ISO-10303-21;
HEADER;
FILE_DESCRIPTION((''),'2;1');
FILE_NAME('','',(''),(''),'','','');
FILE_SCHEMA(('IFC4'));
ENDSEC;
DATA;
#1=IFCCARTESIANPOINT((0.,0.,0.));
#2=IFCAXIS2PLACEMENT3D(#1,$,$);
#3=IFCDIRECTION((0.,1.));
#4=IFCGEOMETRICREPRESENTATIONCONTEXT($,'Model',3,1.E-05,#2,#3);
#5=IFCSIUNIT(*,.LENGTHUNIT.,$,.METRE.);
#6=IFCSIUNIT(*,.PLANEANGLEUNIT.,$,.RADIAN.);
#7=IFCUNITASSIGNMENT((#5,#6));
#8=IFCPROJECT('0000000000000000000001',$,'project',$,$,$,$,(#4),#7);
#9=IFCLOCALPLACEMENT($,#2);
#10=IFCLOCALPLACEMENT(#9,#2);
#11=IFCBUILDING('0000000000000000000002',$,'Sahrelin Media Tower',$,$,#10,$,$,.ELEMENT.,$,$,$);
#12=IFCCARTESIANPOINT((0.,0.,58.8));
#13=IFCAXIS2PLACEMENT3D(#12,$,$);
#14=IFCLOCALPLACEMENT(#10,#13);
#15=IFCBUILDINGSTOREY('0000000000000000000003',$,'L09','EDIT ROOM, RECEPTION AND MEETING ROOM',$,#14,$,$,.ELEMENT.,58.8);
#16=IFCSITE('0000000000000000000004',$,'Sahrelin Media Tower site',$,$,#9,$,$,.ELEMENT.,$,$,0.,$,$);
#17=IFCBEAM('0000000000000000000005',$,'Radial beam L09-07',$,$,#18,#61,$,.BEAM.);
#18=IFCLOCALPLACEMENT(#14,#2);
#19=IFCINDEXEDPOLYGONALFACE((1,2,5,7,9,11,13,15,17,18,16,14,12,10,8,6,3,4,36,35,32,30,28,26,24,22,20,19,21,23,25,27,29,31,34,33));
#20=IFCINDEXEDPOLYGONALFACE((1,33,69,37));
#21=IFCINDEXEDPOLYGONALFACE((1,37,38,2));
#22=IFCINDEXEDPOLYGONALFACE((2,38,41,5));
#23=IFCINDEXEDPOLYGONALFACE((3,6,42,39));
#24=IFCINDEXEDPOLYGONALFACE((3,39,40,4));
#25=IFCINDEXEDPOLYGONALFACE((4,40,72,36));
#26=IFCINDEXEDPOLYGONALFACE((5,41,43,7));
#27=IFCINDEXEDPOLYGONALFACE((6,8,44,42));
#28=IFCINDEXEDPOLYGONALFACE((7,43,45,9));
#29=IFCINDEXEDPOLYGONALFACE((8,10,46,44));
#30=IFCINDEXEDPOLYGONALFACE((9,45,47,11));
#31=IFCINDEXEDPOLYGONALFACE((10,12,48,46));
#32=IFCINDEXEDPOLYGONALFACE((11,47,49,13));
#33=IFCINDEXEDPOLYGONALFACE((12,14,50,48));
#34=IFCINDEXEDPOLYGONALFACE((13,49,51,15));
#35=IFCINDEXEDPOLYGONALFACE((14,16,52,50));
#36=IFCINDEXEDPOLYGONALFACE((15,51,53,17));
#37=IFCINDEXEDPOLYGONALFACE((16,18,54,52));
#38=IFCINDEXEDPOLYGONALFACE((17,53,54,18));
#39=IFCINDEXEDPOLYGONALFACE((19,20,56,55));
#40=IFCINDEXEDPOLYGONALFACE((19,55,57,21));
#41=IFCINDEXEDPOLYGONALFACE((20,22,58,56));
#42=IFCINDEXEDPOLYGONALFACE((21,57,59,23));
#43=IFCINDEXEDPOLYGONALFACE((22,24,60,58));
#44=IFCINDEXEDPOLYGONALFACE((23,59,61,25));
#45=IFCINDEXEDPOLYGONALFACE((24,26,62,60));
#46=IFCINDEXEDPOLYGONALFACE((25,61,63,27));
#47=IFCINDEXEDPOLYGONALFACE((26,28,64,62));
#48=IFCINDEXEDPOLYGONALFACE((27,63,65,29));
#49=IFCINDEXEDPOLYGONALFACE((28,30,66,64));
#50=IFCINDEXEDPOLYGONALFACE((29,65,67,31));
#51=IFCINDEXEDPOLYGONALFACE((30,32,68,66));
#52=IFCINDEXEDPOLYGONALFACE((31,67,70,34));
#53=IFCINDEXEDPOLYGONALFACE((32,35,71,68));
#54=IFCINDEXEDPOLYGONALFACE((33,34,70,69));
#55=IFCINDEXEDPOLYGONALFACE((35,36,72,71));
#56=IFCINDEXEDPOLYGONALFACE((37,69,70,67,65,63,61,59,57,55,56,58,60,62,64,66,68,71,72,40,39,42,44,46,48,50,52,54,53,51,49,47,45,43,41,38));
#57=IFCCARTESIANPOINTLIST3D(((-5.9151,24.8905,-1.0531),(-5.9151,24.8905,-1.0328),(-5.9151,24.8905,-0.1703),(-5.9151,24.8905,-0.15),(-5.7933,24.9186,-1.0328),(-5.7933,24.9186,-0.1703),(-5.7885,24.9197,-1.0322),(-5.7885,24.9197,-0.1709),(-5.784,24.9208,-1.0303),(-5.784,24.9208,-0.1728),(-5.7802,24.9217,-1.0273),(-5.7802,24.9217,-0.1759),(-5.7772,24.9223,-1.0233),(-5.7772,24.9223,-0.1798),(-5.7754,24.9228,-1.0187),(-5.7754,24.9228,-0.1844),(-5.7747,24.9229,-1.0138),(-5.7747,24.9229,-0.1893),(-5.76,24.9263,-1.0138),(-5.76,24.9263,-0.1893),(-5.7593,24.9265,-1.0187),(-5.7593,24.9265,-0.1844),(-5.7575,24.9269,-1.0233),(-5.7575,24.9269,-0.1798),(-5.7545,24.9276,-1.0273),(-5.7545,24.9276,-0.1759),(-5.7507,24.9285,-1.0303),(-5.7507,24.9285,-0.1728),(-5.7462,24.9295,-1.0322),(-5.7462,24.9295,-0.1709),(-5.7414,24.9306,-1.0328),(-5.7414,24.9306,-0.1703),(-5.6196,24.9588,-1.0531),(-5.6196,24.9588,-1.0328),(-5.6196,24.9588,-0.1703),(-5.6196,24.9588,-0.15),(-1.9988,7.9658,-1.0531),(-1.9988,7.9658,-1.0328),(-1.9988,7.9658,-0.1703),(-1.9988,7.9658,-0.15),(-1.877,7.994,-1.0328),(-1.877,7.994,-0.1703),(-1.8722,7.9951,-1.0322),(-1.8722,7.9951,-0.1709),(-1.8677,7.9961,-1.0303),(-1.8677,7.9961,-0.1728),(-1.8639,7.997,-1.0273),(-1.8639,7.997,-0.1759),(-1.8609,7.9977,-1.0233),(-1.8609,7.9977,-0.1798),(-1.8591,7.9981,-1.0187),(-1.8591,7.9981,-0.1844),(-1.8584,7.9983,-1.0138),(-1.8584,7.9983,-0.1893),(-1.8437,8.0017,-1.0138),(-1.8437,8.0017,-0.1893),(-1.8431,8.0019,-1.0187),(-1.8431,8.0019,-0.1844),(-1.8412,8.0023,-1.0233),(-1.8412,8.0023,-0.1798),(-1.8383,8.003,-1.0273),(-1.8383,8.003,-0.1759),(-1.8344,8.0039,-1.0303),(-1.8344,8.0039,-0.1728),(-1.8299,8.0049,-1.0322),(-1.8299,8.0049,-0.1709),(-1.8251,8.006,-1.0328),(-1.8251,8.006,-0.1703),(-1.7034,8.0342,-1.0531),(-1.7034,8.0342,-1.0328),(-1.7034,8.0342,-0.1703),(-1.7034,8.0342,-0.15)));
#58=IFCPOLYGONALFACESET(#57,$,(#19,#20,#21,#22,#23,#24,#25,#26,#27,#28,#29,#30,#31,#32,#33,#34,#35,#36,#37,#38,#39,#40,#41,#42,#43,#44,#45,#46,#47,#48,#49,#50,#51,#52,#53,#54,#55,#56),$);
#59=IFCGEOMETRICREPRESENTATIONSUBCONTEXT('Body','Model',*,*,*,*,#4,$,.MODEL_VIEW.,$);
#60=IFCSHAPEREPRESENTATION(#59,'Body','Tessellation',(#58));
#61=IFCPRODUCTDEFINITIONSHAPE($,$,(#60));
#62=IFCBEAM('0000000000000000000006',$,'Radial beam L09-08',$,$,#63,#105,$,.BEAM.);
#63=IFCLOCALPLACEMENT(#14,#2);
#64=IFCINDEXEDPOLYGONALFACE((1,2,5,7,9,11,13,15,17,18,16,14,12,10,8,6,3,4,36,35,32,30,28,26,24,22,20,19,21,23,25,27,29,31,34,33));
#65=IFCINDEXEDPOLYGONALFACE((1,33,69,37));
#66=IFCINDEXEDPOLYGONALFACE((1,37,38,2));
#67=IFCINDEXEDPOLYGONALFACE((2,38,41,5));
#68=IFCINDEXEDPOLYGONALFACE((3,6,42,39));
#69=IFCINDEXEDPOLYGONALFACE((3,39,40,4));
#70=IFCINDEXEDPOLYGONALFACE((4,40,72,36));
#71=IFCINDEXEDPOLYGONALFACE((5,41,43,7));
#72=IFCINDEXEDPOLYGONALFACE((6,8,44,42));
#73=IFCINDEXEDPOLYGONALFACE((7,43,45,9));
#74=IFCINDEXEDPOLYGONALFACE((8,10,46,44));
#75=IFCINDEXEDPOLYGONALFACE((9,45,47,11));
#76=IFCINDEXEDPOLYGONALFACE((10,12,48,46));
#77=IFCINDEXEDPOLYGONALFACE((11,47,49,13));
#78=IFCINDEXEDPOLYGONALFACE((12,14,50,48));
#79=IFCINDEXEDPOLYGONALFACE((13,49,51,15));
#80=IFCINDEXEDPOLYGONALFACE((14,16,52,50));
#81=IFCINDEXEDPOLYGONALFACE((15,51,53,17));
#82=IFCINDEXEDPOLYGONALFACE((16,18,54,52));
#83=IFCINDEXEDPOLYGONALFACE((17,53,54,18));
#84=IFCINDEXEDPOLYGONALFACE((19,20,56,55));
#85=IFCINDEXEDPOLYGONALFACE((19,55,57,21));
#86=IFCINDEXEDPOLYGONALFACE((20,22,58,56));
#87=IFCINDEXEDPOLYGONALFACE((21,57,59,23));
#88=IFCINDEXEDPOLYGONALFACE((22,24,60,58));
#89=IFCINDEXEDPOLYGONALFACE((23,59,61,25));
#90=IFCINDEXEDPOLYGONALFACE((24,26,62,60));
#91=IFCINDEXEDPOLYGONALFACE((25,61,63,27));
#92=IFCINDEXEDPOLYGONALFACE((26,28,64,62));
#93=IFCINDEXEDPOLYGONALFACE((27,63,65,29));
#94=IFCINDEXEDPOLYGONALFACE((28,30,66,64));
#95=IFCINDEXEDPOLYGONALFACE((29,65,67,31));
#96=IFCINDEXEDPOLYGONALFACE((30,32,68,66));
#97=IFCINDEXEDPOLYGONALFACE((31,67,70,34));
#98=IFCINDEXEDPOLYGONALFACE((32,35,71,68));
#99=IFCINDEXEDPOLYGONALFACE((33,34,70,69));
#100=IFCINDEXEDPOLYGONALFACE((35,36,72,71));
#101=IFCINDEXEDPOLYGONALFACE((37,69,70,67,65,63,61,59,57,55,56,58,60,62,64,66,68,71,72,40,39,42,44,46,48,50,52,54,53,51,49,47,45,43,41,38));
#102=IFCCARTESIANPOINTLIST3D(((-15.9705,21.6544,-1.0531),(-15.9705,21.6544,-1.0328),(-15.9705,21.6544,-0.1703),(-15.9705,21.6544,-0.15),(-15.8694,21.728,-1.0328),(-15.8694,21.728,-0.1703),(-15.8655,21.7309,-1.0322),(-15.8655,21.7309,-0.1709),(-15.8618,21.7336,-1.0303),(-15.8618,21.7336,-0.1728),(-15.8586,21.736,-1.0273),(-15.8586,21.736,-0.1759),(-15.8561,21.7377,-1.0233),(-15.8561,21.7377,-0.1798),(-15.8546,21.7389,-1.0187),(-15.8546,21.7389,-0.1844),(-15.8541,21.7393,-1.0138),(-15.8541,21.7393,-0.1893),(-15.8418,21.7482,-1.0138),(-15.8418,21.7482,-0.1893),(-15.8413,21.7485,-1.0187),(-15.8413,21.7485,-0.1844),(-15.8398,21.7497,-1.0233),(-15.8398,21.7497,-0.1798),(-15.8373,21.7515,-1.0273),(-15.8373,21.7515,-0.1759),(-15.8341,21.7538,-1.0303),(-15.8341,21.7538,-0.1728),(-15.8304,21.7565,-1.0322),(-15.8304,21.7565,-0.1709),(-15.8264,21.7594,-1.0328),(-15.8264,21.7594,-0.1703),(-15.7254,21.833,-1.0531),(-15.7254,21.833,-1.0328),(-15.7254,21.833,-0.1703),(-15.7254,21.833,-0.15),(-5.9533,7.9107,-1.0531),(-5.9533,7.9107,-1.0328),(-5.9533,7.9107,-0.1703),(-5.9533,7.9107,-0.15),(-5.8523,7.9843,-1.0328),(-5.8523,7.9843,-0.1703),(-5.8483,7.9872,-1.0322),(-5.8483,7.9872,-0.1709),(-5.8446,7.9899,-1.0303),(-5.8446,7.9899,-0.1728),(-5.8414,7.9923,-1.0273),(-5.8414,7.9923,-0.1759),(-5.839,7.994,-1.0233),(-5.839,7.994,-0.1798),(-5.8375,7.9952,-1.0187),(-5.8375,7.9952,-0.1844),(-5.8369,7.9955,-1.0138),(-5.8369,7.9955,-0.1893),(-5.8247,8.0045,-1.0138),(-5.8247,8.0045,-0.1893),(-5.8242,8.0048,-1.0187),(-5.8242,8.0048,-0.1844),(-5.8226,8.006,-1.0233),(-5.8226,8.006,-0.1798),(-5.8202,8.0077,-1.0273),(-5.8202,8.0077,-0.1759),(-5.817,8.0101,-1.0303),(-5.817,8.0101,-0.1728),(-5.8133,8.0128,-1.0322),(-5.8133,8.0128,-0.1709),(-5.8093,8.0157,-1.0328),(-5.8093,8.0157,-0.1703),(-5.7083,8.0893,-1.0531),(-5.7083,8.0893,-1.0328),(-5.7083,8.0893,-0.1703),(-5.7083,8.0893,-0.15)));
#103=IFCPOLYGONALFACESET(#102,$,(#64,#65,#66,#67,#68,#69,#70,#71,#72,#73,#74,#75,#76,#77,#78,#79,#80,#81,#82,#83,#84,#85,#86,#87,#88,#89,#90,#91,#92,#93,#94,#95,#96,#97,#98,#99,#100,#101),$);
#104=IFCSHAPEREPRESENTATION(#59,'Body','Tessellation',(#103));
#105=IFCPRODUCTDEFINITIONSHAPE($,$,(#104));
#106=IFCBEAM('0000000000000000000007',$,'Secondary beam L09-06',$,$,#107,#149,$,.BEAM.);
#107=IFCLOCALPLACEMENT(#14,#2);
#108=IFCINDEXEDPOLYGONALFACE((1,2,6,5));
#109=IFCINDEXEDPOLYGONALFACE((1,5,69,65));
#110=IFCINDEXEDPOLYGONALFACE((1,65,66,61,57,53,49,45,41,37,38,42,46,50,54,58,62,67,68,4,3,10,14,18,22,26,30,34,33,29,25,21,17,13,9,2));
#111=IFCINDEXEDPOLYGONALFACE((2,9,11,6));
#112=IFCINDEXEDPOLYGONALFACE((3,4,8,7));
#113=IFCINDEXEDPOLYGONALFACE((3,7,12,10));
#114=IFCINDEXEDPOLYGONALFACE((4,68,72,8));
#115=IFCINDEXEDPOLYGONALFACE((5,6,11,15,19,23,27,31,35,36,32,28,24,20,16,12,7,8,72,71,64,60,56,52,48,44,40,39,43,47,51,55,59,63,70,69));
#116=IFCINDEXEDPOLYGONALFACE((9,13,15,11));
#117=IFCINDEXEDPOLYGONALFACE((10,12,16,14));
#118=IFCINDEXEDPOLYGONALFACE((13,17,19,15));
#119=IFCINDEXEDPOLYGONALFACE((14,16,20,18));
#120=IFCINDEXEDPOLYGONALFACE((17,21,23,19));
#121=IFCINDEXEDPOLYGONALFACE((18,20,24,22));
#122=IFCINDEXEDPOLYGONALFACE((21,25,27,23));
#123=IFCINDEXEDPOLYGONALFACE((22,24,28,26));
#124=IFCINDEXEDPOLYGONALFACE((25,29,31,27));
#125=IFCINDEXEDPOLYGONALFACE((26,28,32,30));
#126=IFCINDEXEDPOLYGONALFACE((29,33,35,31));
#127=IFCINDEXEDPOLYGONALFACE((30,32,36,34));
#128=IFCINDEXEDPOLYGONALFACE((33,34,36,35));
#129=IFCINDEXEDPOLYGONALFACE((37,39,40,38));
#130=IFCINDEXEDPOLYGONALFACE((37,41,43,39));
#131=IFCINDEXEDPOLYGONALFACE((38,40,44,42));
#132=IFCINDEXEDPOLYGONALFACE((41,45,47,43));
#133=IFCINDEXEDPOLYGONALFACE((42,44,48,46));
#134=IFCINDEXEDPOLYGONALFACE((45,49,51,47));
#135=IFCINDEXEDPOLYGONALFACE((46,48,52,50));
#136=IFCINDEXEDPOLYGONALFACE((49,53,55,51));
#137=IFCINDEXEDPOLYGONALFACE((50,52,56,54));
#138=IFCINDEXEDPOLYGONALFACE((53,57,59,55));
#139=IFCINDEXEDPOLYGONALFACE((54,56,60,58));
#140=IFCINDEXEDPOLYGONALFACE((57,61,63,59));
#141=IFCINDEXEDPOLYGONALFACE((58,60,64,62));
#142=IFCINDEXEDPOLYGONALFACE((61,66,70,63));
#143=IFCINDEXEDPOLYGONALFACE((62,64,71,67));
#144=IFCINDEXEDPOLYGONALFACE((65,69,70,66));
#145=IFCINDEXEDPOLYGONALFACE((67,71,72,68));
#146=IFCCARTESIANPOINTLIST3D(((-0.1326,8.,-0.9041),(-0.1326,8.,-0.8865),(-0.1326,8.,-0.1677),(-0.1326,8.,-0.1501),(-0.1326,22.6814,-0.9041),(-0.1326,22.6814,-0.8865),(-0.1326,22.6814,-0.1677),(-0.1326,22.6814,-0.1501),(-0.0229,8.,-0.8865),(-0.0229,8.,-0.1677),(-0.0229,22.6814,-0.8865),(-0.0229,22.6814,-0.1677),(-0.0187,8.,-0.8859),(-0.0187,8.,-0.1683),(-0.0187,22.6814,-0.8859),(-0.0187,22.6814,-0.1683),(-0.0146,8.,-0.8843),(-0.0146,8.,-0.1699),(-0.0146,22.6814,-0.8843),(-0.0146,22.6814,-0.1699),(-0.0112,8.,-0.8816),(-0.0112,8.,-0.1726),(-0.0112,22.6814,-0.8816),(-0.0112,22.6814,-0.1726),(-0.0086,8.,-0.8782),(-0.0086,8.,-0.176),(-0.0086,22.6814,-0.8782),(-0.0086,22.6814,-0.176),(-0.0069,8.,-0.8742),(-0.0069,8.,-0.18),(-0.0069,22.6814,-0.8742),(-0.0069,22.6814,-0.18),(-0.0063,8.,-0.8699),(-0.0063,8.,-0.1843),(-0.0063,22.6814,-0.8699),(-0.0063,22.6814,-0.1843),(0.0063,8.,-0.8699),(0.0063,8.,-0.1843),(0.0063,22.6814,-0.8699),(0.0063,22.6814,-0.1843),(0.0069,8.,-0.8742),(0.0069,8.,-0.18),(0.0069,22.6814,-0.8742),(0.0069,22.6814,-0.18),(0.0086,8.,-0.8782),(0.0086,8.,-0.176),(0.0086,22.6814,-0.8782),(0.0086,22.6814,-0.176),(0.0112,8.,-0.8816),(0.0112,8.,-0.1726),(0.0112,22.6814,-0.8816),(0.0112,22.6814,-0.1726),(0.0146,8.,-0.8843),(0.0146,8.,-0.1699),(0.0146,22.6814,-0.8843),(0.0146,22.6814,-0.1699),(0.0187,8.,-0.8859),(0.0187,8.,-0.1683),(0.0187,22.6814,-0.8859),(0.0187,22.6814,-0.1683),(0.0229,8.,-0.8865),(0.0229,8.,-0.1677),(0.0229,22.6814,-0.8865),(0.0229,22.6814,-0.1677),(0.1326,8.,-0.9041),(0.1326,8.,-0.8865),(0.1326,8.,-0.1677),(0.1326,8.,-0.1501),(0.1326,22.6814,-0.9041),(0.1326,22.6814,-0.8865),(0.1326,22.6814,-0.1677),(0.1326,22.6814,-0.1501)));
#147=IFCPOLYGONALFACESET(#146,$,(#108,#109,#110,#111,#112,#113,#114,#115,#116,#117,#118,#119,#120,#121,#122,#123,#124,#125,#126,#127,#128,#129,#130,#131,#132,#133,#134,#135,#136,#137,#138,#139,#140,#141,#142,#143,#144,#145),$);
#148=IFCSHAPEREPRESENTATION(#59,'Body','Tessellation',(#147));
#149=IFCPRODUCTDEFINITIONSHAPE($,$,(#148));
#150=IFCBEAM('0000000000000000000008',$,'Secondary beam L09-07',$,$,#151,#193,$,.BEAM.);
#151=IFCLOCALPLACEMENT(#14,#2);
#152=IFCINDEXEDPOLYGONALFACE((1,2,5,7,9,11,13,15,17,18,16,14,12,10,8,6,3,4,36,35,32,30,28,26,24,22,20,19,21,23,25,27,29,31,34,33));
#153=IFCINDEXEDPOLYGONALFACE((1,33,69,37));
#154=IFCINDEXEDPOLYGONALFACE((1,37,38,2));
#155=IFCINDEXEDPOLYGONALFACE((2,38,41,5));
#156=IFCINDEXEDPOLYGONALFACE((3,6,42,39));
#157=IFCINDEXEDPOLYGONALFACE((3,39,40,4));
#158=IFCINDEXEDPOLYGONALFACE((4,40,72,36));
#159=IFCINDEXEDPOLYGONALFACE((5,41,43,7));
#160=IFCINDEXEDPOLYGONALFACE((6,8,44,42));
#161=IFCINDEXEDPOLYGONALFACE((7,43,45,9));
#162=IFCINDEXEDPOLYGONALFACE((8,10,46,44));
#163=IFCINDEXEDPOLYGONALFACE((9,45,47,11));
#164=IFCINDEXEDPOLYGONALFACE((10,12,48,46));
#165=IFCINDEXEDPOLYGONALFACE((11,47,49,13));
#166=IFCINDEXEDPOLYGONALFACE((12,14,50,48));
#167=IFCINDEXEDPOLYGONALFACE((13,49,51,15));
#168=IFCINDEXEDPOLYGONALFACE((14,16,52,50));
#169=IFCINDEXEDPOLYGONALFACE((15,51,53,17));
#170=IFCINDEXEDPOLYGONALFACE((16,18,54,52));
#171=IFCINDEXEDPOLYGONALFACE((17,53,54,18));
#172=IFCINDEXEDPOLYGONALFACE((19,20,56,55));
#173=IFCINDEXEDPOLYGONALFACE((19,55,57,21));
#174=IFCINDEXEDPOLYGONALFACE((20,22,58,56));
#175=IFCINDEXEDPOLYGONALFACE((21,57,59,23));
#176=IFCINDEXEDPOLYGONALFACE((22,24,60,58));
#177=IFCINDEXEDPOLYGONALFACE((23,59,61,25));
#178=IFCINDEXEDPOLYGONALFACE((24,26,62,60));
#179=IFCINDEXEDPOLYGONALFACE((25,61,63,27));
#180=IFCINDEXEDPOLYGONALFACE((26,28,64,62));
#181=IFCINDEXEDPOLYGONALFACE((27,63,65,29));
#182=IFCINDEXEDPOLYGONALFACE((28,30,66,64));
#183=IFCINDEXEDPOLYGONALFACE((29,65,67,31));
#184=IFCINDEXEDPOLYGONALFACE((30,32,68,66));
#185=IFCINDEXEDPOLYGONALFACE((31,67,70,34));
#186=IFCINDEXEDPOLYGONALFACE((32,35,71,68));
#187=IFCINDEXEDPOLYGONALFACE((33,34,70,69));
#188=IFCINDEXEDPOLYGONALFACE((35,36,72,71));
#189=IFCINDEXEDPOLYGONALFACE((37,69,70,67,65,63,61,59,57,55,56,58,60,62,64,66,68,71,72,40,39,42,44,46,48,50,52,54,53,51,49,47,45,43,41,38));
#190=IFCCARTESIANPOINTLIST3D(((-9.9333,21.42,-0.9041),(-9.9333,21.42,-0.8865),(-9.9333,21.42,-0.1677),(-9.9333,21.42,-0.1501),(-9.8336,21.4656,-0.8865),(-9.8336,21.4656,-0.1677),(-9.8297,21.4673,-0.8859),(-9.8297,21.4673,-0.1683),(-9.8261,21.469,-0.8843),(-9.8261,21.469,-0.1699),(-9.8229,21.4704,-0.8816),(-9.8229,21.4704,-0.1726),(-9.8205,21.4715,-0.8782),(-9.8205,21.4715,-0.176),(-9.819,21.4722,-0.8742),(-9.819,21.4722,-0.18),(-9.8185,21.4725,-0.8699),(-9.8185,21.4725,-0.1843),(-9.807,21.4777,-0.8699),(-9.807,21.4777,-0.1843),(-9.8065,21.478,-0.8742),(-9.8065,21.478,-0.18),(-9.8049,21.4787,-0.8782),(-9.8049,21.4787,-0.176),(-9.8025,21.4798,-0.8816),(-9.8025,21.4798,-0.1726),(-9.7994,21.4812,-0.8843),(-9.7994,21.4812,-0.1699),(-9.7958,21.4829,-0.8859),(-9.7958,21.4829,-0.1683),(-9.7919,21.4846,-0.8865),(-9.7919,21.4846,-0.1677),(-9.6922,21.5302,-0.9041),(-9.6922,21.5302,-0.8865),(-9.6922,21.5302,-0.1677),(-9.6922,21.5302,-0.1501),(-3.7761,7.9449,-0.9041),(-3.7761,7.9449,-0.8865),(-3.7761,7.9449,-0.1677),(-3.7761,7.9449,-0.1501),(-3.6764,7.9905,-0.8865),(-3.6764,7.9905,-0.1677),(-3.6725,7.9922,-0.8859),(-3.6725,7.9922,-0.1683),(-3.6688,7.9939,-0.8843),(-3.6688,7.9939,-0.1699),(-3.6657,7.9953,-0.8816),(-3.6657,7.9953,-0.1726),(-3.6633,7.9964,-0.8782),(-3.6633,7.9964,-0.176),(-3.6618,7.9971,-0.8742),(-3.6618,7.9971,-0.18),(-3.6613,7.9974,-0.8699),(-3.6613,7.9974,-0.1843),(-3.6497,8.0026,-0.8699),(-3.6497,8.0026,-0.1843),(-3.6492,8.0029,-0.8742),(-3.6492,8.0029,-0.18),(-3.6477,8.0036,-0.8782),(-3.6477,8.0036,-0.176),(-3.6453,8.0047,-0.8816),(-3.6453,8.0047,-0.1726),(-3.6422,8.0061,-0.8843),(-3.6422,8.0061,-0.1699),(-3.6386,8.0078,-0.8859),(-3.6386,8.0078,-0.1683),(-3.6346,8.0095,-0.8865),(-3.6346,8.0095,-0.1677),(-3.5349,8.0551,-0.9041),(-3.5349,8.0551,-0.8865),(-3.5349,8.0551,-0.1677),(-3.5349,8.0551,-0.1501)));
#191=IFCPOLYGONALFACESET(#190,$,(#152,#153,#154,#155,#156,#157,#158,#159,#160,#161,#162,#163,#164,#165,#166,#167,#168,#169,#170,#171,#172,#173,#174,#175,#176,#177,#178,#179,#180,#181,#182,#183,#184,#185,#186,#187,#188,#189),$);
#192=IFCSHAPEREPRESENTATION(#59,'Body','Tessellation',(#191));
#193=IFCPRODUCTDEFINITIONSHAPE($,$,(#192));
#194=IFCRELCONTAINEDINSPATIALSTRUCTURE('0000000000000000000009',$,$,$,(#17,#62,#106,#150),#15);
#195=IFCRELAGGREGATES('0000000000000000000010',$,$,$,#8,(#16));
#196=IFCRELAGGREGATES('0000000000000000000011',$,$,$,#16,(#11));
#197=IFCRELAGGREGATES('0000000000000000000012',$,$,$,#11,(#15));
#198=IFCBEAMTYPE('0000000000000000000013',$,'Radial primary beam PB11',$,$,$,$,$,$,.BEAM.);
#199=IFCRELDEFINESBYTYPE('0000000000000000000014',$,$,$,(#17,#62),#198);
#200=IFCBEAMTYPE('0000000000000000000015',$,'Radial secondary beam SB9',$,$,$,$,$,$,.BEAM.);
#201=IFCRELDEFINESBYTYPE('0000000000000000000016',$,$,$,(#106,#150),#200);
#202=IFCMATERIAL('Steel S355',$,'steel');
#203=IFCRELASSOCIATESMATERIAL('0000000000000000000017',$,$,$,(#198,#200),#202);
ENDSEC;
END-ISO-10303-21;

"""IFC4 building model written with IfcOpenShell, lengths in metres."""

from ifc_helpers import new_model, si_unit, direction, frame, origin, origin_2d, place, context, subcontext, project, spatial, i_section, extrude, material, material_profile, profile_set, type_object, element, save


model = new_model("IFC4")

# Units and contexts
model_context = context("Model", 3, precision=1e-05, world=origin(), true_north=direction((0.0, 1.0)))
body_context = subcontext(model_context, "Body", "Model", "MODEL_VIEW")
ifc_project = project(units=[si_unit("LENGTHUNIT", "METRE"), si_unit("PLANEANGLEUNIT", "RADIAN")], contexts=[model_context])

# Site, building, storey
site_placement = place(None, origin())
site = spatial("IfcSite", under=ifc_project, at=site_placement, Name="Sahrelin Media Tower site", CompositionType="ELEMENT", RefElevation=0.0)
building_placement = place(site_placement, origin())
building = spatial("IfcBuilding", under=site, at=building_placement, Name="Sahrelin Media Tower", CompositionType="ELEMENT")
storey_placement = place(building_placement, frame((0.0, 0.0, 58.8)))
storey = spatial("IfcBuildingStorey", under=building, at=storey_placement, Name="L09", Description="EDIT ROOM, RECEPTION AND MEETING ROOM", CompositionType="ELEMENT", Elevation=58.8)

# Shared definitions
ifc_material_1 = material(Name="Steel S355", Category="steel")

# Beams
ifc_material_profile_1 = material_profile(ifc_material_1, i_section(OverallWidth=0.3032, OverallDepth=0.9031, WebThickness=0.0151, FlangeThickness=0.0203, FilletRadius=0.019, at=origin_2d()), Name="UB 914x305x201")
ifc_profile_set_1 = profile_set([ifc_material_profile_1], Name="Steel S355")
beam_type_1 = type_object("IfcBeamType", Name="Radial primary beam PB11", PredefinedType="BEAM", material=ifc_profile_set_1)
beam_1_placement = place(storey_placement, frame((-1.8511, 8.0, -0.6016), z_axis=(-0.225438, 0.974257, 0.0), x_axis=(-0.974257, -0.225438, 0.0)))
element("IfcBeam", 1, at=beam_1_placement, inside=storey, type_object=beam_type_1, Name="Radial beam L09-07", PredefinedType="BEAM", context=body_context, shape_type="SweptSolid", body=[
    extrude(i_section(OverallWidth=0.3032, OverallDepth=0.9031, WebThickness=0.0151, FlangeThickness=0.0203, FilletRadius=0.019, at=origin_2d()), origin(), (0.0, 0.0, 1.0), 17.3718),
])
beam_2_placement = place(storey_placement, frame((-5.8308, 8.0, -0.6016), z_axis=(-0.589006, 0.808129, 0.0), x_axis=(-0.808129, -0.589006, 0.0)))
element("IfcBeam", 2, at=beam_2_placement, inside=storey, type_object=beam_type_1, Name="Radial beam L09-08", PredefinedType="BEAM", context=body_context, shape_type="SweptSolid", body=[
    extrude(i_section(OverallWidth=0.3032, OverallDepth=0.9031, WebThickness=0.0151, FlangeThickness=0.0203, FilletRadius=0.019, at=origin_2d()), origin(), (0.0, 0.0, 1.0), 17.0068),
])
ifc_material_profile_2 = material_profile(ifc_material_1, i_section(OverallWidth=0.2651, OverallDepth=0.7539, WebThickness=0.0127, FlangeThickness=0.0176, FilletRadius=0.0166, at=origin_2d()), Name="UB 762x267x147")
ifc_profile_set_2 = profile_set([ifc_material_profile_2], Name="Steel S355")
beam_type_2 = type_object("IfcBeamType", Name="Radial secondary beam SB9", PredefinedType="BEAM", material=ifc_profile_set_2)
beam_3_placement = place(storey_placement, frame((0.0, 8.0, -0.5271), z_axis=(0.0, 1.0, 0.0), x_axis=(-1.0, 0.0, 0.0)))
element("IfcBeam", 3, at=beam_3_placement, inside=storey, type_object=beam_type_2, Name="Secondary beam L09-06", PredefinedType="BEAM", context=body_context, shape_type="SweptSolid", body=[
    extrude(i_section(OverallWidth=0.2651, OverallDepth=0.7539, WebThickness=0.0127, FlangeThickness=0.0176, FilletRadius=0.0166, at=origin_2d()), origin(), (0.0, 0.0, 1.0), 14.6814),
])
beam_4_placement = place(storey_placement, frame((-3.6555, 8.0, -0.5271), z_axis=(-0.415602, 0.909546, 0.0), x_axis=(-0.909546, -0.415602, 0.0)))
element("IfcBeam", 4, at=beam_4_placement, inside=storey, type_object=beam_type_2, Name="Secondary beam L09-07", PredefinedType="BEAM", context=body_context, shape_type="SweptSolid", body=[
    extrude(i_section(OverallWidth=0.2651, OverallDepth=0.7539, WebThickness=0.0127, FlangeThickness=0.0176, FilletRadius=0.0166, at=origin_2d()), origin(), (0.0, 0.0, 1.0), 14.8152),
])

save(model, "model.ifc")
